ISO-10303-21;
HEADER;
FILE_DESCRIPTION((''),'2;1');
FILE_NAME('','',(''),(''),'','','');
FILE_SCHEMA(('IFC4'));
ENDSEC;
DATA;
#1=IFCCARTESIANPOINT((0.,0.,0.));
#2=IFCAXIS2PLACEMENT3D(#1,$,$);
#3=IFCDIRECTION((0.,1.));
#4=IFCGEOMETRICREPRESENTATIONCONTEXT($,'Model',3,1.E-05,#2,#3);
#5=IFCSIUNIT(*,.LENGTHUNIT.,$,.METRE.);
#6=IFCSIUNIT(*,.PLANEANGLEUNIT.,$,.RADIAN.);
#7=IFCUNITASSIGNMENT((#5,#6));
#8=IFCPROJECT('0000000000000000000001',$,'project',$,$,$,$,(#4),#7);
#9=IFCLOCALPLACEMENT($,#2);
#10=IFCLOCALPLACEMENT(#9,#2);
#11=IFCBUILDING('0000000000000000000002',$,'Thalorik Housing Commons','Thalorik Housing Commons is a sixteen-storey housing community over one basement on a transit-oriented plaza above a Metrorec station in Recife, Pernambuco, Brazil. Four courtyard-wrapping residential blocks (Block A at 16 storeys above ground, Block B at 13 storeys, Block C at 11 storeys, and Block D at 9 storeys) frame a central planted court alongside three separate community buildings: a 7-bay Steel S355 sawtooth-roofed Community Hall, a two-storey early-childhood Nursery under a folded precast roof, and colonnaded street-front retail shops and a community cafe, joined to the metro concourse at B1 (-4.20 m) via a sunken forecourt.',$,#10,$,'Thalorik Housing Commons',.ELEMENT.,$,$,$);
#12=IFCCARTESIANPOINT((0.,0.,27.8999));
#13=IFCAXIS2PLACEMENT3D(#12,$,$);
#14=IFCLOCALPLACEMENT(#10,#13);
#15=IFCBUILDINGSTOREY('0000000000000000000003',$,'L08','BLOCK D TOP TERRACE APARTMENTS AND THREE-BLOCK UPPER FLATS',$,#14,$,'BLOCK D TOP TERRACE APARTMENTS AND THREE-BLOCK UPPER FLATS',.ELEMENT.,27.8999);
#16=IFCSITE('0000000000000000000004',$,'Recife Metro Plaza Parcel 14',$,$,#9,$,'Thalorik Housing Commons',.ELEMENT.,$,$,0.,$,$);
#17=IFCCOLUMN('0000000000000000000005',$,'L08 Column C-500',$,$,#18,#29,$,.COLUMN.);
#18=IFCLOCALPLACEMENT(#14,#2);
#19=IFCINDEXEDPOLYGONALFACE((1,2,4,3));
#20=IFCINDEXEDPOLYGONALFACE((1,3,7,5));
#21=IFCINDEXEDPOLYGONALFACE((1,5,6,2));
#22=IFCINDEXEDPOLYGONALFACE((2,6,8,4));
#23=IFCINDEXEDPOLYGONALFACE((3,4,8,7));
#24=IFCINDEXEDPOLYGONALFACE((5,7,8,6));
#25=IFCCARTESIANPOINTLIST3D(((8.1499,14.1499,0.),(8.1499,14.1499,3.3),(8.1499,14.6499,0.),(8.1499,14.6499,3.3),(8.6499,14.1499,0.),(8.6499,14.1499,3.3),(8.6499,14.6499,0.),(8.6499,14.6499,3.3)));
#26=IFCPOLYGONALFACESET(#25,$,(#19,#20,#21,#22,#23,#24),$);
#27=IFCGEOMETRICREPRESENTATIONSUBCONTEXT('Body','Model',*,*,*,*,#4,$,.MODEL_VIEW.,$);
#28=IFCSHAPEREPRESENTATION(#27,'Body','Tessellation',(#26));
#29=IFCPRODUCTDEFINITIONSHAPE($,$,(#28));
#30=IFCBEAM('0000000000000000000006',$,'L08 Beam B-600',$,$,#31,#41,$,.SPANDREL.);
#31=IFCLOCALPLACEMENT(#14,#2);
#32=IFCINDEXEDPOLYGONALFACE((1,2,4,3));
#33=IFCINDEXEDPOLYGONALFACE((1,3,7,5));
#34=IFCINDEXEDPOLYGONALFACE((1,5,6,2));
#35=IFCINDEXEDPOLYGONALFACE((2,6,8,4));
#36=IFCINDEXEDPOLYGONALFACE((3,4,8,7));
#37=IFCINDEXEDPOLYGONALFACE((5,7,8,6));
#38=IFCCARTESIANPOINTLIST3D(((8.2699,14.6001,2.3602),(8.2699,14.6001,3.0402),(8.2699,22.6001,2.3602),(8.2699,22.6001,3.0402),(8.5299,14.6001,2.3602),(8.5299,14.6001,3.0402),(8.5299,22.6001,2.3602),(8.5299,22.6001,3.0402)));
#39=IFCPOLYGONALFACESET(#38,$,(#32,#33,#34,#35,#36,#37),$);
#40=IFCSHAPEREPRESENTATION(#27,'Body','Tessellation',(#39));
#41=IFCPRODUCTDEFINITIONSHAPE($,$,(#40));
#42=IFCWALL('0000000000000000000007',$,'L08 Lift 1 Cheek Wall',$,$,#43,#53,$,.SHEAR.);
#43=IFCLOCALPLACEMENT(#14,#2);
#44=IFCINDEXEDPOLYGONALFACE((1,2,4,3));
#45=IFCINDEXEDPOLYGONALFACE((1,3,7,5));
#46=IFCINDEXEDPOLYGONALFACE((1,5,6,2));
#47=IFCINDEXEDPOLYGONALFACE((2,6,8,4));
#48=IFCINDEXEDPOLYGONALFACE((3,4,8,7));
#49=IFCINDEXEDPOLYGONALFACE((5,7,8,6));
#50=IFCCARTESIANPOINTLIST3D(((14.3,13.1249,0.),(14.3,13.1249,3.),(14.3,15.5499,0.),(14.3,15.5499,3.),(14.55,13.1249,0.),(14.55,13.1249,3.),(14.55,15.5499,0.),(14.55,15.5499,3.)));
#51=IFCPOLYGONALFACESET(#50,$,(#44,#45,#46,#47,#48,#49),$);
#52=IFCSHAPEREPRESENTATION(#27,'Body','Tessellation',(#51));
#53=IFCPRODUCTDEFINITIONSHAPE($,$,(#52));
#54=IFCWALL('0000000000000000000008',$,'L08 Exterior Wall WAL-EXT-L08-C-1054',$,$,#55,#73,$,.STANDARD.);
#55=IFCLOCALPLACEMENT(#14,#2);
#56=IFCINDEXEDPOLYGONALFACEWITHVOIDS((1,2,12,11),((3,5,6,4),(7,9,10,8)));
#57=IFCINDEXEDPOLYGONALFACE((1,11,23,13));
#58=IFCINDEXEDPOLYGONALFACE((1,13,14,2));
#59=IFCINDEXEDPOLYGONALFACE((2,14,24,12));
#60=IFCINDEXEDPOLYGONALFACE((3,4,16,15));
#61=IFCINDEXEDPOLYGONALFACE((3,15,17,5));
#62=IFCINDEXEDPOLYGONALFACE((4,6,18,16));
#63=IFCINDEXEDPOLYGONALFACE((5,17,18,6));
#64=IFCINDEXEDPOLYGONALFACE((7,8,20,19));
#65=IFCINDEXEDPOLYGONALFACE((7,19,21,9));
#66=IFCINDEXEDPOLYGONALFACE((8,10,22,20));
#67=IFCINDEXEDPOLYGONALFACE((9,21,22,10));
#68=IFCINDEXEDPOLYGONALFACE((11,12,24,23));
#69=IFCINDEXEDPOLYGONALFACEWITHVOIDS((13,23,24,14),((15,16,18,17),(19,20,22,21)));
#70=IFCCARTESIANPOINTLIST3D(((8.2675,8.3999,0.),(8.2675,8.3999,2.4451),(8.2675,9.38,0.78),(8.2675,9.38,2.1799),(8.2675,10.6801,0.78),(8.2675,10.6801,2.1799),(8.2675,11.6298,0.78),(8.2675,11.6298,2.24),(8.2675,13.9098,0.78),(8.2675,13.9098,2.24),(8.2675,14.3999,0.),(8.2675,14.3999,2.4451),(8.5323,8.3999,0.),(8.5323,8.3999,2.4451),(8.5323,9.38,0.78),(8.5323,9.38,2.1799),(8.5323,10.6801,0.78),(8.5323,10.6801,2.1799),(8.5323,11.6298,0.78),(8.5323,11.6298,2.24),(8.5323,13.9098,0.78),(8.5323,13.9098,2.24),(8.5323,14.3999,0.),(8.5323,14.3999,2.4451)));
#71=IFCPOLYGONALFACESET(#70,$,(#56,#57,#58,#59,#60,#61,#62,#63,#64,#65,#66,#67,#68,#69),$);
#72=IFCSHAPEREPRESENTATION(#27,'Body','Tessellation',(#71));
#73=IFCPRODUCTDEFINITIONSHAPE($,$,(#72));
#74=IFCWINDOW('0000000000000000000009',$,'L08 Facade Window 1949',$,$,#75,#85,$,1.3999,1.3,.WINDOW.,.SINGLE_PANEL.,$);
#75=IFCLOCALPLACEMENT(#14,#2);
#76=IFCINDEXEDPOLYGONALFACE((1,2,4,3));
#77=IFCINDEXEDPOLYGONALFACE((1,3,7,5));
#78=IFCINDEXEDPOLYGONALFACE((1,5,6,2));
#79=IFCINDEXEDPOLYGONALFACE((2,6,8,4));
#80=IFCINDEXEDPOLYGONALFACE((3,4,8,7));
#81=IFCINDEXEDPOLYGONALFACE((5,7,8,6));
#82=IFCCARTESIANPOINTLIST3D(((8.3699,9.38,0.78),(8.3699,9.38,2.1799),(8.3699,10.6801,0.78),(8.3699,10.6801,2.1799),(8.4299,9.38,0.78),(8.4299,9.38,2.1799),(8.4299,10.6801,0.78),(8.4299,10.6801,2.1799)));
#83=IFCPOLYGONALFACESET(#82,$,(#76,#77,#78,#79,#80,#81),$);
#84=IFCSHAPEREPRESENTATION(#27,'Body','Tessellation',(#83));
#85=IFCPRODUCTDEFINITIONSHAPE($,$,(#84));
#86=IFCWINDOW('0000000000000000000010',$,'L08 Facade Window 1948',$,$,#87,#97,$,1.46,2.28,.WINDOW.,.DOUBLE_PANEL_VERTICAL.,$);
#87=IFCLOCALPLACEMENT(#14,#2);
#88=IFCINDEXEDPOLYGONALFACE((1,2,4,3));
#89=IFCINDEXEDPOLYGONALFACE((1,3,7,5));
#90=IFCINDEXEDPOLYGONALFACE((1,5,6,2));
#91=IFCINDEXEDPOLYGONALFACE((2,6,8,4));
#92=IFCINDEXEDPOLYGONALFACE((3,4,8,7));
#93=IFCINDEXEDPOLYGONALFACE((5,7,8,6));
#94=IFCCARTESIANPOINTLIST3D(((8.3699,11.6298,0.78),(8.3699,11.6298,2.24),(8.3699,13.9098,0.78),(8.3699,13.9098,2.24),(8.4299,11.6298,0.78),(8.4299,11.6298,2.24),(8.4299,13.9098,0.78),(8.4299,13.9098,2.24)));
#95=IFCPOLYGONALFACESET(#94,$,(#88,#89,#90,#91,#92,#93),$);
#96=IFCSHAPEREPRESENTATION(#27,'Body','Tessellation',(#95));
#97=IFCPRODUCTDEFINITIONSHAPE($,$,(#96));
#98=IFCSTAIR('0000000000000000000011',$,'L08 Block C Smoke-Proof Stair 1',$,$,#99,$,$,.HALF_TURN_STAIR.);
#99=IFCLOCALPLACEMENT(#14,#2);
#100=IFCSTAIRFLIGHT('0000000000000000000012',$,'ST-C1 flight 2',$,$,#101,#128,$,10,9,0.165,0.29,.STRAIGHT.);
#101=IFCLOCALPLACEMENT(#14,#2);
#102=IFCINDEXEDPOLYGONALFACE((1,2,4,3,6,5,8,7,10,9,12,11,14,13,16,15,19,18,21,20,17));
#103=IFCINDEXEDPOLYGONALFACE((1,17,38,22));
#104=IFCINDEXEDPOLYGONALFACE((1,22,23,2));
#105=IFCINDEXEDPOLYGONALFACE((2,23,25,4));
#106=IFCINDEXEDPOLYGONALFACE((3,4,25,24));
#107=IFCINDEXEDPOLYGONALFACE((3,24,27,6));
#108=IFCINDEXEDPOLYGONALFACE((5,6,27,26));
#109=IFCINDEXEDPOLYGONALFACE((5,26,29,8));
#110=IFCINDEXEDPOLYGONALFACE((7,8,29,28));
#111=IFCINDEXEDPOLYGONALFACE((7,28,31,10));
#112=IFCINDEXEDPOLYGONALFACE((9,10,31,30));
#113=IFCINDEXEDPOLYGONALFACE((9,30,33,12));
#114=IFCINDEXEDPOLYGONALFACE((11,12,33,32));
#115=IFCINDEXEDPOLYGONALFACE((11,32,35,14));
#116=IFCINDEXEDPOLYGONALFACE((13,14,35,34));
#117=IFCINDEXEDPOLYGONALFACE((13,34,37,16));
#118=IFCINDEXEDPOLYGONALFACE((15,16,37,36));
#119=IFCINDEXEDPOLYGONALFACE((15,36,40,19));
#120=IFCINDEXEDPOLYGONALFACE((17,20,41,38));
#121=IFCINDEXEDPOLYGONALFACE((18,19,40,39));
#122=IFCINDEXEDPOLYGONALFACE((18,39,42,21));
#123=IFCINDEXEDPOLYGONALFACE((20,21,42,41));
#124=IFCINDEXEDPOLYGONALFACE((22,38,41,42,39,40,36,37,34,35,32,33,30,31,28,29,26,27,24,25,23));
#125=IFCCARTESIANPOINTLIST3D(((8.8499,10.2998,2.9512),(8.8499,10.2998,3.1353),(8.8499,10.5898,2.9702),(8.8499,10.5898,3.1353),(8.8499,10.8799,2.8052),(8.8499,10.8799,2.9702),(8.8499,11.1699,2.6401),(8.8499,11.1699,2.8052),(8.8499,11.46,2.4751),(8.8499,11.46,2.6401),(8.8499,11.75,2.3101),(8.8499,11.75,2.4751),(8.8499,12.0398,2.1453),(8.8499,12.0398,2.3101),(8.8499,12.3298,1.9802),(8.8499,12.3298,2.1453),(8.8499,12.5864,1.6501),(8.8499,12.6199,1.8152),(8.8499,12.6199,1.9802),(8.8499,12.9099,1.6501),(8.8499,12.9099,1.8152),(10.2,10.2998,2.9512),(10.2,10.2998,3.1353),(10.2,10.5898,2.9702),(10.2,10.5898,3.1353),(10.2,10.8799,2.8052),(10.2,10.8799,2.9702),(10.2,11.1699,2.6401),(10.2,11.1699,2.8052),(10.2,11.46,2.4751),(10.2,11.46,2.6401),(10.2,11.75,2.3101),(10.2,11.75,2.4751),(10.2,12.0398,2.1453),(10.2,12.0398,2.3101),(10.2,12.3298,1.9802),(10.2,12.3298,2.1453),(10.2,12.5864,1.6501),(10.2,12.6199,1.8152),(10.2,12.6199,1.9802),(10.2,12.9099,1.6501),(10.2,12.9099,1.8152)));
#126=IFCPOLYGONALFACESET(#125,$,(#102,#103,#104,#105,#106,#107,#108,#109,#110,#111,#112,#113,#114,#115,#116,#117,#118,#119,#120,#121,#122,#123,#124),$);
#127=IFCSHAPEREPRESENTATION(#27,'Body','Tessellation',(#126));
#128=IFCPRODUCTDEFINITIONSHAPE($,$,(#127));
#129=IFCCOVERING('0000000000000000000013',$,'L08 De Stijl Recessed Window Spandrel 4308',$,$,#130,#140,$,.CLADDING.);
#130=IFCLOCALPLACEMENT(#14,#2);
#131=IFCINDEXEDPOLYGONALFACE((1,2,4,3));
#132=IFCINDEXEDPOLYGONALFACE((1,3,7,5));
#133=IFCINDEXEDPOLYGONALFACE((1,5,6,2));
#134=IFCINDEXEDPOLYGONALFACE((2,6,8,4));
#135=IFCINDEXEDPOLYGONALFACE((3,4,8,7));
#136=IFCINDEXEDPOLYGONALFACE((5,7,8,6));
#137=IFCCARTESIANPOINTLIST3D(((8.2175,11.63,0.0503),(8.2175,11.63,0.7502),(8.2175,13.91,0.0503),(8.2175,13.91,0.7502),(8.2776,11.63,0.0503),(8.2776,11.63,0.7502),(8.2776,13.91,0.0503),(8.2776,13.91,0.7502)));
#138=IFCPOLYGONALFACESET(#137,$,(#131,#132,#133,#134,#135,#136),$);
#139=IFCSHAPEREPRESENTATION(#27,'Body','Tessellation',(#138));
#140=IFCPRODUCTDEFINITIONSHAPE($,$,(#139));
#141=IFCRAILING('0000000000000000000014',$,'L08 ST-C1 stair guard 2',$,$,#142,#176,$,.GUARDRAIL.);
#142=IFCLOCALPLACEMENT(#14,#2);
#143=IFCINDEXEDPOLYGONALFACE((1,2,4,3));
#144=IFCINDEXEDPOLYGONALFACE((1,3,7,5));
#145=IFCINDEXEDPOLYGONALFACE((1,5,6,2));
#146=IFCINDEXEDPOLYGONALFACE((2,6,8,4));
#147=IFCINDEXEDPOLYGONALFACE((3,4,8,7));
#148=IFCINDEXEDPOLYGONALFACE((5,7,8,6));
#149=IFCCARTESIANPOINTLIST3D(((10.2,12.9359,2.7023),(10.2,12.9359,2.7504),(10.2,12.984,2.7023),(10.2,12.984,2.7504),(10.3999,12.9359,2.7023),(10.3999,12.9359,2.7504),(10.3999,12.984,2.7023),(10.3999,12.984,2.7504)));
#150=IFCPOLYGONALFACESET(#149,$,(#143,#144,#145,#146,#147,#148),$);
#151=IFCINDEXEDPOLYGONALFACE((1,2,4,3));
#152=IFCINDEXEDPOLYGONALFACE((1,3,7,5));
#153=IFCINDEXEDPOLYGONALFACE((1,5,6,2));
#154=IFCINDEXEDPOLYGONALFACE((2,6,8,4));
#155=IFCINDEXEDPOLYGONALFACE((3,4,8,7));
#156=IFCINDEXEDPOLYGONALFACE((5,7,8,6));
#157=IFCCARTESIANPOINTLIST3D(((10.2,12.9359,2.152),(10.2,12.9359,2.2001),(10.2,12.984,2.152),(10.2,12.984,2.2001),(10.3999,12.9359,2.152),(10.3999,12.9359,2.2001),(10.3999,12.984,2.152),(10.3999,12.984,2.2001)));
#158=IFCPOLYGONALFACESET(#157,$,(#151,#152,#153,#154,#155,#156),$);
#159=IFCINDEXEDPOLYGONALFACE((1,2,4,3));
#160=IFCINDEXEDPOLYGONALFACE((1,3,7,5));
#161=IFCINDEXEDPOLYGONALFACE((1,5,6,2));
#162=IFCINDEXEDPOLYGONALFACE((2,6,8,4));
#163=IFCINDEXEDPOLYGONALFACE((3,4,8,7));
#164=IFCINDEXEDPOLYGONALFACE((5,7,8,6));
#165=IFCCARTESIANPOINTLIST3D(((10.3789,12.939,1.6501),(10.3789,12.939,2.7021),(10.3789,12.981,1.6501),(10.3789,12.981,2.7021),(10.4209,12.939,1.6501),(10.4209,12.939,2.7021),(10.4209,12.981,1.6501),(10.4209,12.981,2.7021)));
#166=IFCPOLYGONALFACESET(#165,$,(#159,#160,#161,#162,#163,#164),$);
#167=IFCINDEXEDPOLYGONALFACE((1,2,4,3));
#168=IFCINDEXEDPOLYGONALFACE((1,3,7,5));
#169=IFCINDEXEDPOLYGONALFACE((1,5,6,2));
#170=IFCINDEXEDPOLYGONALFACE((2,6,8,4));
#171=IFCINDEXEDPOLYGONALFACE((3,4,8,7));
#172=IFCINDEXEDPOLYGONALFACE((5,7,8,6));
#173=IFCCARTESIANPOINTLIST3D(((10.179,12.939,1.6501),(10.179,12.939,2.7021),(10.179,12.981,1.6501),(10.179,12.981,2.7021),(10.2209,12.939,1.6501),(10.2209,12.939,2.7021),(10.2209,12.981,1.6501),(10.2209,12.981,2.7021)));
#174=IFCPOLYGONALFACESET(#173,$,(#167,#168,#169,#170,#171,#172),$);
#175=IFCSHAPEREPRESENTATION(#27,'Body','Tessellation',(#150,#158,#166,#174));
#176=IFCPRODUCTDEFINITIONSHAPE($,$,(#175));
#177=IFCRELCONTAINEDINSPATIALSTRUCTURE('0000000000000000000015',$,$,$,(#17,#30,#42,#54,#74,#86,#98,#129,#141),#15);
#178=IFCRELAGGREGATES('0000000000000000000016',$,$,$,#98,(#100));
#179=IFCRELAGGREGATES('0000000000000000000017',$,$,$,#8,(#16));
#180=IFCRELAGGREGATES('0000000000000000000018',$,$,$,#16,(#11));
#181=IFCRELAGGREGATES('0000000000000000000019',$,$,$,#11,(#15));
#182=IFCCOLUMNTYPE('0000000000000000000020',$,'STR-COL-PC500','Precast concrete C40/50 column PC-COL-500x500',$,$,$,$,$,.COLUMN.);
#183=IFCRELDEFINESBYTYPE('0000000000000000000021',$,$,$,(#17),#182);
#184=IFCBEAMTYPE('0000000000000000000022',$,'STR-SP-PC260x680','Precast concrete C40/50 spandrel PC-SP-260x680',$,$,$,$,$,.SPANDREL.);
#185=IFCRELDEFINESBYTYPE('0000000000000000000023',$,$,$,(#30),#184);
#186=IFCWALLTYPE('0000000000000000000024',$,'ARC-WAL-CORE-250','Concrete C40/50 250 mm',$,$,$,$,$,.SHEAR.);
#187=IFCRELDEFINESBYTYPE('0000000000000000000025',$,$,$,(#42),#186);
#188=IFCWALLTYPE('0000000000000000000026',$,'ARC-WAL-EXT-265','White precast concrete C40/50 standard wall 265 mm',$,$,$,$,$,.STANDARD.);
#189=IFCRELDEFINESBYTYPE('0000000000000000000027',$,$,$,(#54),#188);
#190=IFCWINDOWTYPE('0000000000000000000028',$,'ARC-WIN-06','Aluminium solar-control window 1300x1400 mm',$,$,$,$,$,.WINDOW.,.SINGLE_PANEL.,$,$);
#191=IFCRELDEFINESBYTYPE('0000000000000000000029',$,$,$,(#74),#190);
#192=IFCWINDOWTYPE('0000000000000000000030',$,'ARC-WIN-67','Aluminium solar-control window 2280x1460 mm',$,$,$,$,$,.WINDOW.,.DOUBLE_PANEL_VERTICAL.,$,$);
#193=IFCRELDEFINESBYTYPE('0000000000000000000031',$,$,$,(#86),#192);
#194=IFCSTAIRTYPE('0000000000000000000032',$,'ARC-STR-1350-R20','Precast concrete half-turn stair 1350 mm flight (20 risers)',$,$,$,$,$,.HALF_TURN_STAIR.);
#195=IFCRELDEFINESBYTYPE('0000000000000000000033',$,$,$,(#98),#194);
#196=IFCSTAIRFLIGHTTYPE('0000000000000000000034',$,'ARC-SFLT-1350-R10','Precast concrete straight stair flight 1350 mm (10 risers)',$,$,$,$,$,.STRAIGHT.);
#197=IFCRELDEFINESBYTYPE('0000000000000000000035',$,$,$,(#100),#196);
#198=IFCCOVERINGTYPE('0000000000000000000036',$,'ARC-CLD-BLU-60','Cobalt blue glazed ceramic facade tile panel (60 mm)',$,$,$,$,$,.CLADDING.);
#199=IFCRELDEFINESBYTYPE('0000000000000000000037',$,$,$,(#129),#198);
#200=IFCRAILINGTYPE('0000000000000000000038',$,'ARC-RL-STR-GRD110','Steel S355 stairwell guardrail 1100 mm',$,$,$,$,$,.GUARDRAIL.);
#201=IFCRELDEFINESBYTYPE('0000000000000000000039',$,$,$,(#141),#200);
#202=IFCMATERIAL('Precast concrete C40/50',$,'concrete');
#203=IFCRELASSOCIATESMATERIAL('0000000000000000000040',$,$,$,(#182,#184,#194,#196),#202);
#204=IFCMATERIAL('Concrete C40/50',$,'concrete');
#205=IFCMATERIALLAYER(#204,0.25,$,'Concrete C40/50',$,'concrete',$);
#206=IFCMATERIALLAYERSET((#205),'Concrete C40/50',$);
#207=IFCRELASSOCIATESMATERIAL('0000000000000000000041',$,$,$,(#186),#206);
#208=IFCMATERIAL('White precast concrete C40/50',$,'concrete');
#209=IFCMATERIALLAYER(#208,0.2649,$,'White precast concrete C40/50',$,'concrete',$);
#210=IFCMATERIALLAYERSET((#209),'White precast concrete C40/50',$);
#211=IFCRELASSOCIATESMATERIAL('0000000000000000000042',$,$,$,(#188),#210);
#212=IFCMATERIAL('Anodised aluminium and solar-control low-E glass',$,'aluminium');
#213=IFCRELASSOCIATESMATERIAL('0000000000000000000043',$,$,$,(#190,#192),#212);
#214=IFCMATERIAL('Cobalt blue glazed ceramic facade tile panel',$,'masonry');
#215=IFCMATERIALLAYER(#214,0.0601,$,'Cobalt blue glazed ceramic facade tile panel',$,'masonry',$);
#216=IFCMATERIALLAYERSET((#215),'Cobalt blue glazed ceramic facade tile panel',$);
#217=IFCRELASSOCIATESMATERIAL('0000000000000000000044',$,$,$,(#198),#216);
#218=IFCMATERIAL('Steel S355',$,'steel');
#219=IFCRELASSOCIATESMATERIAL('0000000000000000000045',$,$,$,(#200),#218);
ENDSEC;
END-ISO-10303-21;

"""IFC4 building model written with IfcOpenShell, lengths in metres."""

from ifc_helpers import new_model, si_unit, direction, frame, frame_2d, origin, origin_2d, place, context, subcontext, project, spatial, polyline, rectangle, outline, extrude, material, layer, layer_set, material_profile, profile_set, type_object, element, fill, aggregate, save


model = new_model("IFC4")

# Units and contexts
model_context = context("Model", 3, precision=1e-05, world=origin(), true_north=direction((0.0, 1.0)))
body_context = subcontext(model_context, "Body", "Model", "MODEL_VIEW")
ifc_project = project(units=[si_unit("LENGTHUNIT", "METRE"), si_unit("PLANEANGLEUNIT", "RADIAN")], contexts=[model_context])

# Site, building, storey
site_placement = place(None, origin())
site = spatial("IfcSite", under=ifc_project, at=site_placement, Name="Recife Metro Plaza Parcel 14", LongName="Thalorik Housing Commons", CompositionType="ELEMENT", RefElevation=0.0)
building_placement = place(site_placement, origin())
building = spatial("IfcBuilding", under=site, at=building_placement, Name="Thalorik Housing Commons", Description="Thalorik Housing Commons is a sixteen-storey housing community over one basement on a transit-oriented plaza above a Metrorec station in Recife, Pernambuco, Brazil. Four courtyard-wrapping residential blocks (Block A at 16 storeys above ground, Block B at 13 storeys, Block C at 11 storeys, and Block D at 9 storeys) frame a central planted court alongside three separate community buildings: a 7-bay Steel S355 sawtooth-roofed Community Hall, a two-storey early-childhood Nursery under a folded precast roof, and colonnaded street-front retail shops and a community cafe, joined to the metro concourse at B1 (-4.20 m) via a sunken forecourt.", LongName="Thalorik Housing Commons", CompositionType="ELEMENT")
storey_placement = place(building_placement, frame((0.0, 0.0, 27.8999)))
storey = spatial("IfcBuildingStorey", under=building, at=storey_placement, Name="L08", Description="BLOCK D TOP TERRACE APARTMENTS AND THREE-BLOCK UPPER FLATS", LongName="BLOCK D TOP TERRACE APARTMENTS AND THREE-BLOCK UPPER FLATS", CompositionType="ELEMENT", Elevation=27.8999)

# Column
ifc_material_1 = material(Name="Precast concrete C40/50", Category="concrete")
ifc_material_profile_1 = material_profile(ifc_material_1, rectangle(XDim=0.5, YDim=0.5, at=origin_2d()), Name="PC 500x500", Category="concrete")
ifc_profile_set_1 = profile_set([ifc_material_profile_1], Name="Precast concrete C40/50")
column_type = type_object("IfcColumnType", Name="STR-COL-PC500", Description="Precast concrete C40/50 column PC-COL-500x500", PredefinedType="COLUMN", material=ifc_profile_set_1)
column_placement = place(storey_placement, frame((8.3999, 14.3999, 0.0), z_axis=(0.0, 0.0, 1.0), x_axis=(1.0, 0.0, 0.0)))
element("IfcColumn", 1, at=column_placement, inside=storey, type_object=column_type, Name="L08 Column C-500", PredefinedType="COLUMN", context=body_context, shape_type="SweptSolid", body=[
    extrude(rectangle(XDim=0.5, YDim=0.5, at=origin_2d()), origin(), (0.0, 0.0, 1.0), 3.3),
])

# Beam
ifc_material_profile_2 = material_profile(ifc_material_1, rectangle(XDim=0.26, YDim=0.6799, at=origin_2d()), Name="PC SP 260x680", Category="concrete")
ifc_profile_set_2 = profile_set([ifc_material_profile_2], Name="Precast concrete C40/50")
beam_type = type_object("IfcBeamType", Name="STR-SP-PC260x680", Description="Precast concrete C40/50 spandrel PC-SP-260x680", PredefinedType="SPANDREL", material=ifc_profile_set_2)
beam_placement = place(storey_placement, frame((8.3999, 14.6001, 2.7002), z_axis=(0.0, 1.0, 0.0), x_axis=(-1.0, 0.0, 0.0)))
element("IfcBeam", 2, at=beam_placement, inside=storey, type_object=beam_type, Name="L08 Beam B-600", PredefinedType="SPANDREL", context=body_context, shape_type="SweptSolid", body=[
    extrude(rectangle(XDim=0.26, YDim=0.6799, at=origin_2d()), origin(), (0.0, 0.0, 1.0), 8.0),
])

# Shared definitions
ifc_material_2 = material(Name="Concrete C40/50", Category="concrete")
ifc_layer_1 = layer(ifc_material_2, 0.25, Name="Concrete C40/50", Category="concrete")
ifc_layer_set_1 = layer_set([ifc_layer_1], Name="Concrete C40/50")
wall_type_1 = type_object("IfcWallType", Name="ARC-WAL-CORE-250", Description="Concrete C40/50 250 mm", PredefinedType="SHEAR", material=ifc_layer_set_1)
ifc_material_3 = material(Name="Steel S355", Category="steel")

# Wall
wall_1_placement = place(storey_placement, frame((14.425, 13.125, 0.0), z_axis=(0.0, 0.0, 1.0), x_axis=(0.0, 1.0, 0.0)))
element("IfcWall", 3, at=wall_1_placement, inside=storey, type_object=wall_type_1, Name="L08 Lift 1 Cheek Wall", PredefinedType="SHEAR", context=body_context, shape_type="SweptSolid", body=[
    extrude(rectangle(XDim=2.425, YDim=0.25, at=frame_2d((1.2124, 0.0))), origin(), (0.0, 0.0, 1.0), 3.0),
])

# Wall, openings, windows
ifc_material_4 = material(Name="White precast concrete C40/50", Category="concrete")
ifc_layer_2 = layer(ifc_material_4, 0.2649, Name="White precast concrete C40/50", Category="concrete")
ifc_layer_set_2 = layer_set([ifc_layer_2], Name="White precast concrete C40/50")
wall_type_2 = type_object("IfcWallType", Name="ARC-WAL-EXT-265", Description="White precast concrete C40/50 standard wall 265 mm", PredefinedType="STANDARD", material=ifc_layer_set_2)
wall_2_placement = place(storey_placement, frame((8.3999, 14.3999, 0.0), z_axis=(0.0, 0.0, 1.0), x_axis=(0.0, -1.0, 0.0)))
wall_2 = element("IfcWall", 4, at=wall_2_placement, inside=storey, type_object=wall_type_2, Name="L08 Exterior Wall WAL-EXT-L08-C-1054", PredefinedType="STANDARD", context=body_context, shape_type="SweptSolid", body=[
    extrude(rectangle(XDim=6.0, YDim=0.2649, at=frame_2d((3.0, 0.0))), origin(), (0.0, 0.0, 1.0), 2.4451),
])
opening_1_placement = place(wall_2_placement, frame((0.49, 0.0, 0.78)))
opening_1 = element("IfcOpeningElement", 5, at=opening_1_placement, cuts=wall_2, PredefinedType="OPENING", context=body_context, shape_type="SweptSolid", body=[
    extrude(rectangle(XDim=2.28, YDim=1.46, at=frame_2d((1.1401, 0.73))), frame((0.0, 0.1426, 0.0), z_axis=(0.0, -1.0, 0.0), x_axis=(1.0, 0.0, 0.0)), (0.0, 0.0, 1.0), 0.2849),
])
opening_2_placement = place(wall_2_placement, frame((3.72, 0.0, 0.78)))
opening_2 = element("IfcOpeningElement", 6, at=opening_2_placement, cuts=wall_2, PredefinedType="OPENING", context=body_context, shape_type="SweptSolid", body=[
    extrude(rectangle(XDim=1.3, YDim=1.3999, at=frame_2d((0.6499, 0.7))), frame((0.0, 0.1426, 0.0), z_axis=(0.0, -1.0, 0.0), x_axis=(1.0, 0.0, 0.0)), (0.0, 0.0, 1.0), 0.2849),
])
ifc_material_5 = material(Name="Anodised aluminium and solar-control low-E glass", Category="aluminium")
window_type_1 = type_object("IfcWindowType", Name="ARC-WIN-06", Description="Aluminium solar-control window 1300x1400 mm", PartitioningType="SINGLE_PANEL", PredefinedType="WINDOW", material=ifc_material_5)
window_1_placement = place(opening_2_placement, origin())
window_1 = element("IfcWindow", 7, at=window_1_placement, inside=storey, type_object=window_type_1, Name="L08 Facade Window 1949", OverallHeight=1.3999, OverallWidth=1.3, PartitioningType="SINGLE_PANEL", PredefinedType="WINDOW", context=body_context, shape_type="SweptSolid", body=[
    extrude(rectangle(XDim=1.3, YDim=1.3999, at=frame_2d((0.6499, 0.7))), frame((0.0, 0.03, 0.0), z_axis=(0.0, -1.0, 0.0), x_axis=(1.0, 0.0, 0.0)), (0.0, 0.0, 1.0), 0.0601),
])
fill(opening_2, window_1)
window_type_2 = type_object("IfcWindowType", Name="ARC-WIN-67", Description="Aluminium solar-control window 2280x1460 mm", PartitioningType="DOUBLE_PANEL_VERTICAL", PredefinedType="WINDOW", material=ifc_material_5)
window_2_placement = place(opening_1_placement, origin())
window_2 = element("IfcWindow", 8, at=window_2_placement, inside=storey, type_object=window_type_2, Name="L08 Facade Window 1948", OverallHeight=1.46, OverallWidth=2.28, PartitioningType="DOUBLE_PANEL_VERTICAL", PredefinedType="WINDOW", context=body_context, shape_type="SweptSolid", body=[
    extrude(rectangle(XDim=2.28, YDim=1.46, at=frame_2d((1.1401, 0.73))), frame((0.0, 0.03, 0.0), z_axis=(0.0, -1.0, 0.0), x_axis=(1.0, 0.0, 0.0)), (0.0, 0.0, 1.0), 0.0601),
])
fill(opening_1, window_2)

# Stair, stair flight
stair_type = type_object("IfcStairType", Name="ARC-STR-1350-R20", Description="Precast concrete half-turn stair 1350 mm flight (20 risers)", PredefinedType="HALF_TURN_STAIR", material=ifc_material_1)
stair_placement = place(storey_placement, origin())
stair = element("IfcStair", 9, at=stair_placement, inside=storey, type_object=stair_type, Name="L08 Block C Smoke-Proof Stair 1", PredefinedType="HALF_TURN_STAIR")
stair_flight_type = type_object("IfcStairFlightType", Name="ARC-SFLT-1350-R10", Description="Precast concrete straight stair flight 1350 mm (10 risers)", PredefinedType="STRAIGHT", material=ifc_material_1)
stair_flight_placement = place(storey_placement, frame((9.5249, 12.9099, 1.6501), z_axis=(0.0, 0.0, 1.0), x_axis=(0.0, -1.0, 0.0)))
stair_flight = element("IfcStairFlight", 10, at=stair_flight_placement, type_object=stair_flight_type, Name="ST-C1 flight 2", NumberOfRisers=10, NumberOfTreads=9, PredefinedType="STRAIGHT", RiserHeight=0.165, TreadLength=0.29, context=body_context, shape_type="SweptSolid", body=[
    extrude(outline(polyline([(0.0, 0.0), (0.0, 0.165), (0.29, 0.165), (0.29, 0.3301), (0.5801, 0.3301), (0.5801, 0.4951), (0.8701, 0.4951), (0.8701, 0.6599), (1.1599, 0.6599), (1.1599, 0.825), (1.45, 0.825), (1.45, 0.99), (1.74, 0.99), (1.74, 1.155), (2.03, 1.155), (2.03, 1.3201), (2.3201, 1.3201), (2.3201, 1.4851), (2.6101, 1.4851), (2.6101, 1.6499), (2.6101, 1.301), (0.3235, 0.0), (0.0, 0.0)])), frame((0.0, 0.675, 0.0), z_axis=(0.0, -1.0, 0.0), x_axis=(1.0, 0.0, 0.0)), (0.0, 0.0, 1.0), 1.3501),
])
aggregate(stair, [stair_flight])

# Covering
ifc_material_6 = material(Name="Cobalt blue glazed ceramic facade tile panel", Category="masonry")
ifc_layer_3 = layer(ifc_material_6, 0.0601, Name="Cobalt blue glazed ceramic facade tile panel", Category="masonry")
ifc_layer_set_3 = layer_set([ifc_layer_3], Name="Cobalt blue glazed ceramic facade tile panel")
covering_type_1 = type_object("IfcCoveringType", Name="ARC-CLD-BLU-60", Description="Cobalt blue glazed ceramic facade tile panel (60 mm)", PredefinedType="CLADDING", material=ifc_layer_set_3)
covering_1_placement = place(storey_placement, frame((8.2476, 12.77, 0.0503), z_axis=(0.0, 0.0, 1.0), x_axis=(0.0, -1.0, 0.0)))
element("IfcCovering", 11, at=covering_1_placement, inside=storey, type_object=covering_type_1, Name="L08 De Stijl Recessed Window Spandrel 4308", PredefinedType="CLADDING", context=body_context, shape_type="SweptSolid", body=[
    extrude(rectangle(XDim=2.28, YDim=0.0601, at=origin_2d()), origin(), (0.0, 0.0, 1.0), 0.7),
])

# Railing
railing_type_1 = type_object("IfcRailingType", Name="ARC-RL-STR-GRD110", Description="Steel S355 stairwell guardrail 1100 mm", PredefinedType="GUARDRAIL", material=ifc_material_3)
railing_1_placement = place(storey_placement, frame((10.3999, 12.96, 1.6501)))
element("IfcRailing", 12, at=railing_1_placement, inside=storey, type_object=railing_type_1, Name="L08 ST-C1 stair guard 2", PredefinedType="GUARDRAIL", context=body_context, shape_type="SweptSolid", body=[
    extrude(rectangle(XDim=0.0481, YDim=0.0481, at=origin_2d()), frame((0.0, 0.0, 1.0762), z_axis=(-1.0, 0.0, 0.0), x_axis=(0.0, -1.0, 0.0)), (0.0, 0.0, 1.0), 0.2),
    extrude(rectangle(XDim=0.0481, YDim=0.0481, at=origin_2d()), frame((0.0, 0.0, 0.5259), z_axis=(-1.0, 0.0, 0.0), x_axis=(0.0, -1.0, 0.0)), (0.0, 0.0, 1.0), 0.2),
    extrude(rectangle(XDim=0.042, YDim=0.042, at=origin_2d()), origin(), (0.0, 0.0, 1.0), 1.052),
    extrude(rectangle(XDim=0.042, YDim=0.042, at=origin_2d()), frame((-0.2, 0.0, 0.0)), (0.0, 0.0, 1.0), 1.052),
])

save(model, "model.ifc")
